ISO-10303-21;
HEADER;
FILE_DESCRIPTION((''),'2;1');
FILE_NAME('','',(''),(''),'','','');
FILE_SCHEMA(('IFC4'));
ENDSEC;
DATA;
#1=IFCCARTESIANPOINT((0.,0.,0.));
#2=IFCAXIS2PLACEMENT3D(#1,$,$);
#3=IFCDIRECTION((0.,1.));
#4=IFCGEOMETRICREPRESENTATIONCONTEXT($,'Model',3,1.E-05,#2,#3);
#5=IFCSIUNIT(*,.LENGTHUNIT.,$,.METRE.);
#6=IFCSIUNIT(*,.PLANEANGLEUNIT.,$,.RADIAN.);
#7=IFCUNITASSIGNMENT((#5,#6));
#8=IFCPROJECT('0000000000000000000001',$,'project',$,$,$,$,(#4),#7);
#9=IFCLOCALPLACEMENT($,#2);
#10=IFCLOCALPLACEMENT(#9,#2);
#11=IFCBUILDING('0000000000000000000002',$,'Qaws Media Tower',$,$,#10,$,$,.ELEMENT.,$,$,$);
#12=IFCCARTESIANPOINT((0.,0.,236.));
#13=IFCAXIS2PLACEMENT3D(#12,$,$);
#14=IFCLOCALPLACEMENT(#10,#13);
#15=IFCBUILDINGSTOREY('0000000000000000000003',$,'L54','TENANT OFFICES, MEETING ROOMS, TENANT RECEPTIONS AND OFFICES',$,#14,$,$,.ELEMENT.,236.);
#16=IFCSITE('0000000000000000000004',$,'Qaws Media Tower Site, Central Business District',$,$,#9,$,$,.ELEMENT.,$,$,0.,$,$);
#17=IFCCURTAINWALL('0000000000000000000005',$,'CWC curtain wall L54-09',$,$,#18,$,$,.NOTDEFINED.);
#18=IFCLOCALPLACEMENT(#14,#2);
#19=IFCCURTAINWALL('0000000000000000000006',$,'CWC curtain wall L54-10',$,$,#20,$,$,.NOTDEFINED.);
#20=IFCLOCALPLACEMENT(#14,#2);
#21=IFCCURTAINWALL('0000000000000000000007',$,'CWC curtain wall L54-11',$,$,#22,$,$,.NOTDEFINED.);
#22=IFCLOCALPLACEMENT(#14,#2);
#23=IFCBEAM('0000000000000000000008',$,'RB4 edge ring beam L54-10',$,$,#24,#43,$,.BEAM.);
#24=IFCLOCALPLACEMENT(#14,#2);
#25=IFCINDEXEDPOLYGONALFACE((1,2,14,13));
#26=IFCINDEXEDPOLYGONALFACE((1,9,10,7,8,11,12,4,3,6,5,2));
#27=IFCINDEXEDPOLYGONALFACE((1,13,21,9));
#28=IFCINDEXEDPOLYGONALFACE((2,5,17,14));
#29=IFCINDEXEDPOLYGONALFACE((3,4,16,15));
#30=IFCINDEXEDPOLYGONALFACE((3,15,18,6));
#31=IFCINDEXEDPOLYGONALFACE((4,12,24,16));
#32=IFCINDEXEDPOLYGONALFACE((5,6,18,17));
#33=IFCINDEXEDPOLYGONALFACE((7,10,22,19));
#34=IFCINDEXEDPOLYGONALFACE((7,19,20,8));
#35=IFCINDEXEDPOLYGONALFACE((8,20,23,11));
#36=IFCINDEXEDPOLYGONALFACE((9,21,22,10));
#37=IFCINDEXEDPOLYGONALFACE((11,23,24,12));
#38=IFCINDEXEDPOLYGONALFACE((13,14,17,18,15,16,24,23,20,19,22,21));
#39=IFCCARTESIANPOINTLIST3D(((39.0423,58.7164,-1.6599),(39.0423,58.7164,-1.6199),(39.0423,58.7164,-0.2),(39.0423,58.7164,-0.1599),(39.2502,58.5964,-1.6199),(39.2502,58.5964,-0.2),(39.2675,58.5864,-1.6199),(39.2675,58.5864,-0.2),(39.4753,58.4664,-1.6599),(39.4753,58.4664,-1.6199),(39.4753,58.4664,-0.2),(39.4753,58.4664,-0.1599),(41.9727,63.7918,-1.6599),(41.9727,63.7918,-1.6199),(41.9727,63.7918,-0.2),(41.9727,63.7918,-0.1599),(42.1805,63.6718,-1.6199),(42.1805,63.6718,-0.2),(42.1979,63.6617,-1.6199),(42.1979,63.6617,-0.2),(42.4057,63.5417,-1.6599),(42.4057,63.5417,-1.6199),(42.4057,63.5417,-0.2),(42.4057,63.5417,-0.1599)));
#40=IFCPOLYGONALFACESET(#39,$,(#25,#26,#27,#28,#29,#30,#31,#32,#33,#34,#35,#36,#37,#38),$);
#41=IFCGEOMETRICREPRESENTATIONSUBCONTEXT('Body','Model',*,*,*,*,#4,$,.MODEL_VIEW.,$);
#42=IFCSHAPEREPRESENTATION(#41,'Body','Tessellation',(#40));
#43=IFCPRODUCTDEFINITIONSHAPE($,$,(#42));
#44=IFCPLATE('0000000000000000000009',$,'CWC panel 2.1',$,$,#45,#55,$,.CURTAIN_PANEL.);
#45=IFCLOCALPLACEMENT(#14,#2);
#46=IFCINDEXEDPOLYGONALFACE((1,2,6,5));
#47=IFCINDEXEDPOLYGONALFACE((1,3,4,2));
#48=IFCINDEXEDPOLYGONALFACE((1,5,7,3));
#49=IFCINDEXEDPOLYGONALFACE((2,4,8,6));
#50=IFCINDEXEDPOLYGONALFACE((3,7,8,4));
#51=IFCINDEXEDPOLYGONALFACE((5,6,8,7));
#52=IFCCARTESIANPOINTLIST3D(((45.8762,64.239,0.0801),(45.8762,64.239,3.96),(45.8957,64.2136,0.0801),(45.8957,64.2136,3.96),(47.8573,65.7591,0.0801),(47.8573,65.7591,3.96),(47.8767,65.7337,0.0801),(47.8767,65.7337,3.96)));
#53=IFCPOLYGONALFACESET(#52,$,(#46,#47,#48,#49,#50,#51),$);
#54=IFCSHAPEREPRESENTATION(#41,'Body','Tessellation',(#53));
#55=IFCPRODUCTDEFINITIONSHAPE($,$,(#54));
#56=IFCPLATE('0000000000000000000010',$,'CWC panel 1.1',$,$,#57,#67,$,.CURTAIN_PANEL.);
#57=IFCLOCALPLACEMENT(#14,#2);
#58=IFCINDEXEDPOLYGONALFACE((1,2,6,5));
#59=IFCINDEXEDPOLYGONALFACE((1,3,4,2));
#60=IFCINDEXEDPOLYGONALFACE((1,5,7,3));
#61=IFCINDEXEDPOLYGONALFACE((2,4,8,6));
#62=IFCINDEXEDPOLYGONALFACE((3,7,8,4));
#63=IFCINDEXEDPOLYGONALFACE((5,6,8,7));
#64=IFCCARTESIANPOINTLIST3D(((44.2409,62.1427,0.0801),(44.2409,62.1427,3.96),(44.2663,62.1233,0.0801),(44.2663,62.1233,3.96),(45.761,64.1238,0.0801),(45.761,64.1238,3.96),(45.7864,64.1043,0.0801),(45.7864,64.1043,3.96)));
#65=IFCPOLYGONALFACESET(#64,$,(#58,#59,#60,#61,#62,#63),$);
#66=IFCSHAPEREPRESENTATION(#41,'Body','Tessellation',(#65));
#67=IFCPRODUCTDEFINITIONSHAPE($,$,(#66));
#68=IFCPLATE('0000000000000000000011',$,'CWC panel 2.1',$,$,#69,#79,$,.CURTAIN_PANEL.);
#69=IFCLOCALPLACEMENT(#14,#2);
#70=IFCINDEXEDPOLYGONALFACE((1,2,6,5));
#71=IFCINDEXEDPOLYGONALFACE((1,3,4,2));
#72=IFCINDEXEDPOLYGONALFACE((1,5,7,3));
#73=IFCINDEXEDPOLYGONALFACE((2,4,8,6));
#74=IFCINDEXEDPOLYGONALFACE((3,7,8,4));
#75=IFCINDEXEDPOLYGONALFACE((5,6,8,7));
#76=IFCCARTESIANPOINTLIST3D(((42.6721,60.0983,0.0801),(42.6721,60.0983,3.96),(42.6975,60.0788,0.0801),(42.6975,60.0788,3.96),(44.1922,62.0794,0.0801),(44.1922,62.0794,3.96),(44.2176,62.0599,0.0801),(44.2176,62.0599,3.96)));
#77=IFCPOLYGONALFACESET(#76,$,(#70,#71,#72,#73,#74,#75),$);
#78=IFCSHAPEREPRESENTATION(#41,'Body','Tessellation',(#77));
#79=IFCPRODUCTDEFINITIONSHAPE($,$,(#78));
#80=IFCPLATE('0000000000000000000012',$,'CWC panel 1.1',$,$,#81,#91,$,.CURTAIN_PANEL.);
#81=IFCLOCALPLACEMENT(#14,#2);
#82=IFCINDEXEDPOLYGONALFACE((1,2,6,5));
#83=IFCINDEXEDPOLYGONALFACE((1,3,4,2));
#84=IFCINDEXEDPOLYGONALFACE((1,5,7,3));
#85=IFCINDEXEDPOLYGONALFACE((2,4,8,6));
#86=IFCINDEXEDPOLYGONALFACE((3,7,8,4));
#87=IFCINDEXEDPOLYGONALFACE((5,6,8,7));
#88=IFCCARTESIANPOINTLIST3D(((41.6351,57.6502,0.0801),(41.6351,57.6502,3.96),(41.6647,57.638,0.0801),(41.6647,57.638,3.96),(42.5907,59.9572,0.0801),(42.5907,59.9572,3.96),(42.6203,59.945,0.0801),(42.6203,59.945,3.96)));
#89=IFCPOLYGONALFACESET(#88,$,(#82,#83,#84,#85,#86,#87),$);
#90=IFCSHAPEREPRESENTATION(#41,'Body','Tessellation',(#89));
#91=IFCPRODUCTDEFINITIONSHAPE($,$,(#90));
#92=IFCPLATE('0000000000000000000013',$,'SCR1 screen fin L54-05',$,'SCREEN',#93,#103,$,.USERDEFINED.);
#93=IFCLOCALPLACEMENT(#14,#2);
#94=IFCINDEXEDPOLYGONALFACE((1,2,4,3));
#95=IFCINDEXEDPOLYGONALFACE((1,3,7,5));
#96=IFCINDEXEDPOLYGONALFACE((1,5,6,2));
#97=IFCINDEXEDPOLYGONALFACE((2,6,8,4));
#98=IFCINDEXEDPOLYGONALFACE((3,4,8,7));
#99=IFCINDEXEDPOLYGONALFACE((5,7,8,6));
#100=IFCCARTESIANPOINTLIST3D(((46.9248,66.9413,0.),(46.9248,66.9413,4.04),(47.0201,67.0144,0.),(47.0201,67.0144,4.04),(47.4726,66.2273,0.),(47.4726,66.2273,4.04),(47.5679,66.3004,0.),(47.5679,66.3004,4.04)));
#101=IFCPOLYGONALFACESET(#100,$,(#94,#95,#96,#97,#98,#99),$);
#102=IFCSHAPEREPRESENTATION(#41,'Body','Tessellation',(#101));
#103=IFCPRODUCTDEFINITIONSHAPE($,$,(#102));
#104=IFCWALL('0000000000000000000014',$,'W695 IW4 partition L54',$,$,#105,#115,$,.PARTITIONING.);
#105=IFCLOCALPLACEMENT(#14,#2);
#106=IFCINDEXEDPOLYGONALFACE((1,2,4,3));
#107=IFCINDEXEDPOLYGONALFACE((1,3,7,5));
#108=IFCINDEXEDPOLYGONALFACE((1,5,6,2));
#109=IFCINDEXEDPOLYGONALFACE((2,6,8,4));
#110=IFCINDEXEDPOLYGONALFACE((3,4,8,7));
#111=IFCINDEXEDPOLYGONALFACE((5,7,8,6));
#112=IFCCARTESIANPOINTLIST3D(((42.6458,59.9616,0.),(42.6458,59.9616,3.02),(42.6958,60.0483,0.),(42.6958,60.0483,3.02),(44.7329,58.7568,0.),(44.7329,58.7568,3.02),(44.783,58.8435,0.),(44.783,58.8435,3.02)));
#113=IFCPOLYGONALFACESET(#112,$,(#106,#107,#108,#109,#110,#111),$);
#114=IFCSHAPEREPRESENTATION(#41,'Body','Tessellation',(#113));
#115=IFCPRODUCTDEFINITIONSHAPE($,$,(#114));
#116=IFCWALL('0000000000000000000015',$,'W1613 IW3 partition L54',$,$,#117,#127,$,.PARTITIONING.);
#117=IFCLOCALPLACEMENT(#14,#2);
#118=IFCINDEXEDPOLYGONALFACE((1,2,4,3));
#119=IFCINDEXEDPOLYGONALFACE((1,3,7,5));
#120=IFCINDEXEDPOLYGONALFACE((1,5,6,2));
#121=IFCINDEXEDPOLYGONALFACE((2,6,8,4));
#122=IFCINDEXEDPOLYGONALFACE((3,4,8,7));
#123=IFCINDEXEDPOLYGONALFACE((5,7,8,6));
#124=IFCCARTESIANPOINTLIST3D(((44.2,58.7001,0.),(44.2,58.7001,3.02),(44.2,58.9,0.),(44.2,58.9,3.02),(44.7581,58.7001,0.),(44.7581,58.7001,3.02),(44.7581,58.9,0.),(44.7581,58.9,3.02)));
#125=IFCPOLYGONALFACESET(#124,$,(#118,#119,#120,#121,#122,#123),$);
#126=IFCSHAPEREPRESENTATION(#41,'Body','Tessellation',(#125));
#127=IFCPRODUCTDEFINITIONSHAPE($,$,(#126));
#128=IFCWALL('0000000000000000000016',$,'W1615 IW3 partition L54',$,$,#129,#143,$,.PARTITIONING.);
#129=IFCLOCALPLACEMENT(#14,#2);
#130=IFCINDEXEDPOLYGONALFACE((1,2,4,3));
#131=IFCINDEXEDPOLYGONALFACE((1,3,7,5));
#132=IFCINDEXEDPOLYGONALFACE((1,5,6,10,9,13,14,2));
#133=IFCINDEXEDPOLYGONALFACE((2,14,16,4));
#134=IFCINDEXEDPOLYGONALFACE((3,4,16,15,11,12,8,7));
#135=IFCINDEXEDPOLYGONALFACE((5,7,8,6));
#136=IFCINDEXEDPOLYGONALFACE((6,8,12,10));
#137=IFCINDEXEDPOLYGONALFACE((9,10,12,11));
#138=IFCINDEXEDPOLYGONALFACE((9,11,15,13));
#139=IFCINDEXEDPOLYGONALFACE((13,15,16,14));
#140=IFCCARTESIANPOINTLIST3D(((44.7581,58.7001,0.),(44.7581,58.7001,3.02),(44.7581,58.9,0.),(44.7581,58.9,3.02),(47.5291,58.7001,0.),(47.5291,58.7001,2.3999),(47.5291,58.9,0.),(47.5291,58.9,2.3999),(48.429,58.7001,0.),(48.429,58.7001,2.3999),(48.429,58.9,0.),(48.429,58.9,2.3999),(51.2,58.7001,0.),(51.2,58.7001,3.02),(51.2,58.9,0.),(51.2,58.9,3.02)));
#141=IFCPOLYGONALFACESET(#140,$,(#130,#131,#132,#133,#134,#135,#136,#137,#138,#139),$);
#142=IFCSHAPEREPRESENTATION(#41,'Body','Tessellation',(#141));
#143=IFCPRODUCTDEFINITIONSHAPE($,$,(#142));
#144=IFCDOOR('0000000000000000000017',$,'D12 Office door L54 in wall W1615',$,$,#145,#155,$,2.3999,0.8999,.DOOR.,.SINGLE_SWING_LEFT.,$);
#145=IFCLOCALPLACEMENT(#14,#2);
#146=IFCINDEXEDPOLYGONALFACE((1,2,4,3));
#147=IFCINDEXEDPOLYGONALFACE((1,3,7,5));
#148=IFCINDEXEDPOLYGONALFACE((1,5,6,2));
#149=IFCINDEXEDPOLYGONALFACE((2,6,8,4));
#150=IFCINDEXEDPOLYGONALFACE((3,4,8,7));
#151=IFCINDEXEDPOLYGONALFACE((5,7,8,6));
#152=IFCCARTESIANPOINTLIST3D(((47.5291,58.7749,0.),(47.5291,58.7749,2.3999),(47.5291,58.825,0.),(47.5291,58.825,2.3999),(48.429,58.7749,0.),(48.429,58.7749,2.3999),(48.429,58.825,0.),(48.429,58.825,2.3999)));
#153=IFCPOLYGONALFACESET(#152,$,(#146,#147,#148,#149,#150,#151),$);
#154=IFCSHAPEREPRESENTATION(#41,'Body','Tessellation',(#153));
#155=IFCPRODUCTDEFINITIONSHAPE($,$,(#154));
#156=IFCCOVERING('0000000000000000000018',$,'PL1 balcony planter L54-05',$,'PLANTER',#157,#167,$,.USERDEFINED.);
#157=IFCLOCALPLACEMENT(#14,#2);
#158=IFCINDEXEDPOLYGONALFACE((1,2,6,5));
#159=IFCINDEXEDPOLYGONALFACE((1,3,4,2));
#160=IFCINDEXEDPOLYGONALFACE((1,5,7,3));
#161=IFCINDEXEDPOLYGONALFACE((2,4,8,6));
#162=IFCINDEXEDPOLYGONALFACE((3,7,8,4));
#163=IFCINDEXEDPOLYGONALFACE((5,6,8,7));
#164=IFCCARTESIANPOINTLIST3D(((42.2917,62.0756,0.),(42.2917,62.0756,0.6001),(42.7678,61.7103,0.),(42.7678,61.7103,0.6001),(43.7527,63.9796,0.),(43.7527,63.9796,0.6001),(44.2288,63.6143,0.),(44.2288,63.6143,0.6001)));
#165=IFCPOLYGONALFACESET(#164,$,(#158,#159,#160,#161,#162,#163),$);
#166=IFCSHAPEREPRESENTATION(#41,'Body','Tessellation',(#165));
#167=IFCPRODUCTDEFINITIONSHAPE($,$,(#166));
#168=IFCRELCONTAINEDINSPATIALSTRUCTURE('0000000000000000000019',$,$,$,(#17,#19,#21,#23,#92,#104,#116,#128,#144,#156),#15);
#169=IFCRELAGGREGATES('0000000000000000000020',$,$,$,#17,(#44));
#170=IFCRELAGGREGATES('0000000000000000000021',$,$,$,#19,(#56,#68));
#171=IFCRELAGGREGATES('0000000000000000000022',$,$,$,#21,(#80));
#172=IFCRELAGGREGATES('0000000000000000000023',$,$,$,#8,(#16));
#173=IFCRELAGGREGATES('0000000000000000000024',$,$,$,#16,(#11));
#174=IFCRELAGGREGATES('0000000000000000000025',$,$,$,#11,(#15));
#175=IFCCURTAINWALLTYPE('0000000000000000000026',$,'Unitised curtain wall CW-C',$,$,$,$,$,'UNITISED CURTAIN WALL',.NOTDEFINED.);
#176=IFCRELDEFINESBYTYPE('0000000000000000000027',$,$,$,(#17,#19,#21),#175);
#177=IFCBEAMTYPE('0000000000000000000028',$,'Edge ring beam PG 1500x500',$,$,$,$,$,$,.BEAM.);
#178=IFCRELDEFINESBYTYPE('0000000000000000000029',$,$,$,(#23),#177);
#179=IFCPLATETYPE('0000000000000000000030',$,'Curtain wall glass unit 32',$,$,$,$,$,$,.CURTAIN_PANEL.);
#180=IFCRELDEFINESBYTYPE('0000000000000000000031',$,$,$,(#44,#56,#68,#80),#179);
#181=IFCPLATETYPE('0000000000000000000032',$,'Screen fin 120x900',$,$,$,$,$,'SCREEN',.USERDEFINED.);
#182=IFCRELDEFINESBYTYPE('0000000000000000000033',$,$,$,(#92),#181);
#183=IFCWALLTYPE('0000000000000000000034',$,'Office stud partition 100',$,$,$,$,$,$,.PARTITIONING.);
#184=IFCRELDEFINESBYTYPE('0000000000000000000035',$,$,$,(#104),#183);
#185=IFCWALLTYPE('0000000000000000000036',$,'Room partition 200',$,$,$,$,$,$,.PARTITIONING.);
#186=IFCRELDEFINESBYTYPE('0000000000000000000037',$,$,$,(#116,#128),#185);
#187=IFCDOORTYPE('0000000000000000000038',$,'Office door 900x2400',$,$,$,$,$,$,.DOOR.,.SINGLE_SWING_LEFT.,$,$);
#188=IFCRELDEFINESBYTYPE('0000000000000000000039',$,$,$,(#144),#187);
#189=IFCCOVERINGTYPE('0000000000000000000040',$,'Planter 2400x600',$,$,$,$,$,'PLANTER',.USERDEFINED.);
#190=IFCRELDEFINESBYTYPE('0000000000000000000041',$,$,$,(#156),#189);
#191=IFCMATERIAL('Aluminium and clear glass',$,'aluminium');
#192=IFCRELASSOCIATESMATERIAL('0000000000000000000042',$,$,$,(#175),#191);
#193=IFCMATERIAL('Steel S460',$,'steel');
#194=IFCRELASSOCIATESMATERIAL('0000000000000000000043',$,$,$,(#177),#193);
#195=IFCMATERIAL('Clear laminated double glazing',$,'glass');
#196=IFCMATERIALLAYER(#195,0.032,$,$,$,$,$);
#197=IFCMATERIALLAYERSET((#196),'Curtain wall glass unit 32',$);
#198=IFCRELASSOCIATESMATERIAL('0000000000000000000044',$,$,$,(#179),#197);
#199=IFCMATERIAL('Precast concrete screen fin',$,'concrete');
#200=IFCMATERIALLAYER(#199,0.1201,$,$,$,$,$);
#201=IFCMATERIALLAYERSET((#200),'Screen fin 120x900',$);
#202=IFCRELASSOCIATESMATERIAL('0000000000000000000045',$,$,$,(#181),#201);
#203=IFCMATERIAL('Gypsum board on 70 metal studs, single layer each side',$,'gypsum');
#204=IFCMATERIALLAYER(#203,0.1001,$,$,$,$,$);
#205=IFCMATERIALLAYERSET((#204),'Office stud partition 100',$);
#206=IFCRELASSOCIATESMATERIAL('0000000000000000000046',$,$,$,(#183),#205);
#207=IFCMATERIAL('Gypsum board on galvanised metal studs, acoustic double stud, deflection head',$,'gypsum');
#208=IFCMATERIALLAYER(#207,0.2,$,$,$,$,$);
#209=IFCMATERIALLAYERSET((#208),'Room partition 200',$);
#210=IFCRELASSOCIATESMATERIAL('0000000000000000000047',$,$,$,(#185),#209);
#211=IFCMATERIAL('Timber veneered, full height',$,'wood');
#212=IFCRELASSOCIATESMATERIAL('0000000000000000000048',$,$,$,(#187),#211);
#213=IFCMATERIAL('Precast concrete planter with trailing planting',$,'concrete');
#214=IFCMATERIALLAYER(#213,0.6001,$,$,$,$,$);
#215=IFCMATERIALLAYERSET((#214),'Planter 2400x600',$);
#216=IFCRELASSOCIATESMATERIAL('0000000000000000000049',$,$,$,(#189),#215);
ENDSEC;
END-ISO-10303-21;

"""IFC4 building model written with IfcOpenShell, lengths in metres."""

from ifc_helpers import new_model, si_unit, direction, frame, frame_2d, origin, origin_2d, place, context, subcontext, project, spatial, rectangle, i_section, extrude, material, layer, layer_set, material_profile, profile_set, type_object, element, fill, aggregate, save


model = new_model("IFC4")

# Units and contexts
model_context = context("Model", 3, precision=1e-05, world=origin(), true_north=direction((0.0, 1.0)))
body_context = subcontext(model_context, "Body", "Model", "MODEL_VIEW")
ifc_project = project(units=[si_unit("LENGTHUNIT", "METRE"), si_unit("PLANEANGLEUNIT", "RADIAN")], contexts=[model_context])

# Site, building, storey
site_placement = place(None, origin())
site = spatial("IfcSite", under=ifc_project, at=site_placement, Name="Qaws Media Tower Site, Central Business District", CompositionType="ELEMENT", RefElevation=0.0)
building_placement = place(site_placement, origin())
building = spatial("IfcBuilding", under=site, at=building_placement, Name="Qaws Media Tower", CompositionType="ELEMENT")
storey_placement = place(building_placement, frame((0.0, 0.0, 236.0)))
storey = spatial("IfcBuildingStorey", under=building, at=storey_placement, Name="L54", Description="TENANT OFFICES, MEETING ROOMS, TENANT RECEPTIONS AND OFFICES", CompositionType="ELEMENT", Elevation=236.0)

# Curtain wall
ifc_material_1 = material(Name="Aluminium and clear glass", Category="aluminium")
curtain_wall_type = type_object("IfcCurtainWallType", Name="Unitised curtain wall CW-C", ElementType="UNITISED CURTAIN WALL", PredefinedType="NOTDEFINED", material=ifc_material_1)
curtain_wall_1_placement = place(storey_placement, origin())
curtain_wall_1 = element("IfcCurtainWall", 1, at=curtain_wall_1_placement, inside=storey, type_object=curtain_wall_type, Name="CWC curtain wall L54-09", PredefinedType="NOTDEFINED")

# Curtain wall
curtain_wall_2_placement = place(storey_placement, origin())
curtain_wall_2 = element("IfcCurtainWall", 2, at=curtain_wall_2_placement, inside=storey, type_object=curtain_wall_type, Name="CWC curtain wall L54-10", PredefinedType="NOTDEFINED")

# Curtain wall
curtain_wall_3_placement = place(storey_placement, origin())
curtain_wall_3 = element("IfcCurtainWall", 3, at=curtain_wall_3_placement, inside=storey, type_object=curtain_wall_type, Name="CWC curtain wall L54-11", PredefinedType="NOTDEFINED")

# Beam
ifc_material_2 = material(Name="Steel S460", Category="steel")
ifc_material_profile_1 = material_profile(ifc_material_2, i_section(OverallWidth=0.5, OverallDepth=1.5, WebThickness=0.02, FlangeThickness=0.04, at=origin_2d()), Name="PG 1500x500")
ifc_profile_set_1 = profile_set([ifc_material_profile_1], Name="Steel S460")
beam_type = type_object("IfcBeamType", Name="Edge ring beam PG 1500x500", PredefinedType="BEAM", material=ifc_profile_set_1)
for number, where, z_axis, x_axis, name in (
    (4, (42.1892, 63.6667, -0.9099), (-0.500015, -0.866017, 0.0), (0.866017, -0.500015, 0.0), "RB4 edge ring beam L54-10"),
):
    element("IfcBeam", number, at=place(storey_placement, frame(where, z_axis=z_axis, x_axis=x_axis)), inside=storey, type_object=beam_type, Name=name, PredefinedType="BEAM", context=body_context, shape_type="SweptSolid", body=[
        extrude(i_section(OverallWidth=0.5, OverallDepth=1.5, WebThickness=0.02, FlangeThickness=0.04, at=origin_2d()), origin(), (0.0, 0.0, 1.0), 5.8606),
    ])

# Plates
ifc_material_3 = material(Name="Clear laminated double glazing", Category="glass")
ifc_layer_1 = layer(ifc_material_3, 0.032)
ifc_layer_set_1 = layer_set([ifc_layer_1], Name="Curtain wall glass unit 32")
plate_type_1 = type_object("IfcPlateType", Name="Curtain wall glass unit 32", PredefinedType="CURTAIN_PANEL", material=ifc_layer_set_1)
plate_1_placement = place(storey_placement, frame((46.8765, 64.9863, 0.0801), z_axis=(0.0, 0.0, 1.0), x_axis=(-0.793353, -0.608761, 0.0)))
plate_1 = element("IfcPlate", 5, at=plate_1_placement, type_object=plate_type_1, Name="CWC panel 2.1", PredefinedType="CURTAIN_PANEL", context=body_context, shape_type="SweptSolid", body=[
    extrude(rectangle(XDim=2.4971, YDim=0.032, at=origin_2d()), origin(), (0.0, 0.0, 1.0), 3.8799),
])
aggregate(curtain_wall_1, [plate_1])
plate_2_placement = place(storey_placement, frame((45.0137, 63.1235, 0.0801), z_axis=(0.0, 0.0, 1.0), x_axis=(-0.608761, -0.793353, 0.0)))
plate_2 = element("IfcPlate", 6, at=plate_2_placement, type_object=plate_type_1, Name="CWC panel 1.1", PredefinedType="CURTAIN_PANEL", context=body_context, shape_type="SweptSolid", body=[
    extrude(rectangle(XDim=2.4971, YDim=0.032, at=origin_2d()), origin(), (0.0, 0.0, 1.0), 3.8799),
])
plate_3_placement = place(storey_placement, frame((43.4448, 61.0791, 0.0801), z_axis=(0.0, 0.0, 1.0), x_axis=(-0.608761, -0.793353, 0.0)))
plate_3 = element("IfcPlate", 7, at=plate_3_placement, type_object=plate_type_1, Name="CWC panel 2.1", PredefinedType="CURTAIN_PANEL", context=body_context, shape_type="SweptSolid", body=[
    extrude(rectangle(XDim=2.4971, YDim=0.032, at=origin_2d()), origin(), (0.0, 0.0, 1.0), 3.8799),
])
aggregate(curtain_wall_2, [plate_2, plate_3])
plate_4_placement = place(storey_placement, frame((42.1277, 58.7976, 0.0801), z_axis=(0.0, 0.0, 1.0), x_axis=(-0.382684, -0.923879, 0.0)))
plate_4 = element("IfcPlate", 8, at=plate_4_placement, type_object=plate_type_1, Name="CWC panel 1.1", PredefinedType="CURTAIN_PANEL", context=body_context, shape_type="SweptSolid", body=[
    extrude(rectangle(XDim=2.4971, YDim=0.032, at=origin_2d()), origin(), (0.0, 0.0, 1.0), 3.8799),
])
aggregate(curtain_wall_3, [plate_4])
ifc_material_4 = material(Name="Precast concrete screen fin", Category="concrete")
ifc_layer_2 = layer(ifc_material_4, 0.1201)
ifc_layer_set_2 = layer_set([ifc_layer_2], Name="Screen fin 120x900")
plate_type_2 = type_object("IfcPlateType", Name="Screen fin 120x900", ElementType="SCREEN", PredefinedType="USERDEFINED", material=ifc_layer_set_2)
plate_5_placement = place(storey_placement, frame((47.2463, 66.6208, 0.0), z_axis=(0.0, 0.0, 1.0), x_axis=(-0.608761, 0.793353, 0.0)))
element("IfcPlate", 9, at=plate_5_placement, inside=storey, type_object=plate_type_2, Name="SCR1 screen fin L54-05", ObjectType="SCREEN", PredefinedType="USERDEFINED", context=body_context, shape_type="SweptSolid", body=[
    extrude(rectangle(XDim=0.8999, YDim=0.1201, at=origin_2d()), origin(), (0.0, 0.0, 1.0), 4.04),
])

# Walls
ifc_material_5 = material(Name="Gypsum board on 70 metal studs, single layer each side", Category="gypsum")
ifc_layer_3 = layer(ifc_material_5, 0.1001)
ifc_layer_set_3 = layer_set([ifc_layer_3], Name="Office stud partition 100")
wall_type_1 = type_object("IfcWallType", Name="Office stud partition 100", PredefinedType="PARTITIONING", material=ifc_layer_set_3)
wall_1_placement = place(storey_placement, frame((44.7581, 58.8, 0.0), z_axis=(0.0, 0.0, 1.0), x_axis=(-0.866059, 0.499942, 0.0)))
element("IfcWall", 10, at=wall_1_placement, inside=storey, type_object=wall_type_1, Name="W695 IW4 partition L54", PredefinedType="PARTITIONING", context=body_context, shape_type="SweptSolid", body=[
    extrude(rectangle(XDim=2.4099, YDim=0.1001, at=frame_2d((1.2051, 0.0))), origin(), (0.0, 0.0, 1.0), 3.02),
])
ifc_material_6 = material(Name="Gypsum board on galvanised metal studs, acoustic double stud, deflection head", Category="gypsum")
ifc_layer_4 = layer(ifc_material_6, 0.2)
ifc_layer_set_4 = layer_set([ifc_layer_4], Name="Room partition 200")
wall_type_2 = type_object("IfcWallType", Name="Room partition 200", PredefinedType="PARTITIONING", material=ifc_layer_set_4)
wall_2_placement = place(storey_placement, frame((44.2, 58.8, 0.0), z_axis=(0.0, 0.0, 1.0), x_axis=(1.0, 0.0, 0.0)))
element("IfcWall", 11, at=wall_2_placement, inside=storey, type_object=wall_type_2, Name="W1613 IW3 partition L54", PredefinedType="PARTITIONING", context=body_context, shape_type="SweptSolid", body=[
    extrude(rectangle(XDim=0.5581, YDim=0.2, at=frame_2d((0.2791, 0.0))), origin(), (0.0, 0.0, 1.0), 3.02),
])

# Wall, opening, door
wall_3_placement = place(storey_placement, frame((44.7581, 58.8, 0.0), z_axis=(0.0, 0.0, 1.0), x_axis=(1.0, 0.0, 0.0)))
wall_3 = element("IfcWall", 12, at=wall_3_placement, inside=storey, type_object=wall_type_2, Name="W1615 IW3 partition L54", PredefinedType="PARTITIONING", context=body_context, shape_type="SweptSolid", body=[
    extrude(rectangle(XDim=6.4419, YDim=0.2, at=frame_2d((3.2209, 0.0))), origin(), (0.0, 0.0, 1.0), 3.02),
])
opening_placement = place(wall_3_placement, frame((2.771, 0.0, 0.0)))
opening = element("IfcOpeningElement", 13, at=opening_placement, cuts=wall_3, PredefinedType="OPENING", context=body_context, shape_type="SweptSolid", body=[
    extrude(rectangle(XDim=0.8999, YDim=2.3999, at=frame_2d((0.45, 1.2))), frame((0.0, 0.1099, 0.0), z_axis=(0.0, -1.0, 0.0), x_axis=(1.0, 0.0, 0.0)), (0.0, 0.0, 1.0), 0.22),
])
ifc_material_7 = material(Name="Timber veneered, full height", Category="wood")
door_type = type_object("IfcDoorType", Name="Office door 900x2400", OperationType="SINGLE_SWING_LEFT", PredefinedType="DOOR", material=ifc_material_7)
door_placement = place(opening_placement, origin())
door = element("IfcDoor", 14, at=door_placement, inside=storey, type_object=door_type, Name="D12 Office door L54 in wall W1615", OperationType="SINGLE_SWING_LEFT", OverallHeight=2.3999, OverallWidth=0.8999, PredefinedType="DOOR", context=body_context, shape_type="SweptSolid", body=[
    extrude(rectangle(XDim=0.8999, YDim=2.3999, at=frame_2d((0.45, 1.2))), frame((0.0, 0.0249, 0.0), z_axis=(0.0, -1.0, 0.0), x_axis=(1.0, 0.0, 0.0)), (0.0, 0.0, 1.0), 0.05),
])
fill(opening, door)

# Covering
ifc_material_8 = material(Name="Precast concrete planter with trailing planting", Category="concrete")
ifc_layer_5 = layer(ifc_material_8, 0.6001)
ifc_layer_set_5 = layer_set([ifc_layer_5], Name="Planter 2400x600")
covering_type = type_object("IfcCoveringType", Name="Planter 2400x600", ElementType="PLANTER", PredefinedType="USERDEFINED", material=ifc_layer_set_5)
covering_placement = place(storey_placement, frame((43.2603, 62.845, 0.0), z_axis=(0.0, 0.0, 1.0), x_axis=(-0.608761, -0.793353, 0.0)))
element("IfcCovering", 15, at=covering_placement, inside=storey, type_object=covering_type, Name="PL1 balcony planter L54-05", ObjectType="PLANTER", PredefinedType="USERDEFINED", context=body_context, shape_type="SweptSolid", body=[
    extrude(rectangle(XDim=2.3999, YDim=0.6001, at=origin_2d()), origin(), (0.0, 0.0, 1.0), 0.6001),
])

save(model, "model.ifc")
